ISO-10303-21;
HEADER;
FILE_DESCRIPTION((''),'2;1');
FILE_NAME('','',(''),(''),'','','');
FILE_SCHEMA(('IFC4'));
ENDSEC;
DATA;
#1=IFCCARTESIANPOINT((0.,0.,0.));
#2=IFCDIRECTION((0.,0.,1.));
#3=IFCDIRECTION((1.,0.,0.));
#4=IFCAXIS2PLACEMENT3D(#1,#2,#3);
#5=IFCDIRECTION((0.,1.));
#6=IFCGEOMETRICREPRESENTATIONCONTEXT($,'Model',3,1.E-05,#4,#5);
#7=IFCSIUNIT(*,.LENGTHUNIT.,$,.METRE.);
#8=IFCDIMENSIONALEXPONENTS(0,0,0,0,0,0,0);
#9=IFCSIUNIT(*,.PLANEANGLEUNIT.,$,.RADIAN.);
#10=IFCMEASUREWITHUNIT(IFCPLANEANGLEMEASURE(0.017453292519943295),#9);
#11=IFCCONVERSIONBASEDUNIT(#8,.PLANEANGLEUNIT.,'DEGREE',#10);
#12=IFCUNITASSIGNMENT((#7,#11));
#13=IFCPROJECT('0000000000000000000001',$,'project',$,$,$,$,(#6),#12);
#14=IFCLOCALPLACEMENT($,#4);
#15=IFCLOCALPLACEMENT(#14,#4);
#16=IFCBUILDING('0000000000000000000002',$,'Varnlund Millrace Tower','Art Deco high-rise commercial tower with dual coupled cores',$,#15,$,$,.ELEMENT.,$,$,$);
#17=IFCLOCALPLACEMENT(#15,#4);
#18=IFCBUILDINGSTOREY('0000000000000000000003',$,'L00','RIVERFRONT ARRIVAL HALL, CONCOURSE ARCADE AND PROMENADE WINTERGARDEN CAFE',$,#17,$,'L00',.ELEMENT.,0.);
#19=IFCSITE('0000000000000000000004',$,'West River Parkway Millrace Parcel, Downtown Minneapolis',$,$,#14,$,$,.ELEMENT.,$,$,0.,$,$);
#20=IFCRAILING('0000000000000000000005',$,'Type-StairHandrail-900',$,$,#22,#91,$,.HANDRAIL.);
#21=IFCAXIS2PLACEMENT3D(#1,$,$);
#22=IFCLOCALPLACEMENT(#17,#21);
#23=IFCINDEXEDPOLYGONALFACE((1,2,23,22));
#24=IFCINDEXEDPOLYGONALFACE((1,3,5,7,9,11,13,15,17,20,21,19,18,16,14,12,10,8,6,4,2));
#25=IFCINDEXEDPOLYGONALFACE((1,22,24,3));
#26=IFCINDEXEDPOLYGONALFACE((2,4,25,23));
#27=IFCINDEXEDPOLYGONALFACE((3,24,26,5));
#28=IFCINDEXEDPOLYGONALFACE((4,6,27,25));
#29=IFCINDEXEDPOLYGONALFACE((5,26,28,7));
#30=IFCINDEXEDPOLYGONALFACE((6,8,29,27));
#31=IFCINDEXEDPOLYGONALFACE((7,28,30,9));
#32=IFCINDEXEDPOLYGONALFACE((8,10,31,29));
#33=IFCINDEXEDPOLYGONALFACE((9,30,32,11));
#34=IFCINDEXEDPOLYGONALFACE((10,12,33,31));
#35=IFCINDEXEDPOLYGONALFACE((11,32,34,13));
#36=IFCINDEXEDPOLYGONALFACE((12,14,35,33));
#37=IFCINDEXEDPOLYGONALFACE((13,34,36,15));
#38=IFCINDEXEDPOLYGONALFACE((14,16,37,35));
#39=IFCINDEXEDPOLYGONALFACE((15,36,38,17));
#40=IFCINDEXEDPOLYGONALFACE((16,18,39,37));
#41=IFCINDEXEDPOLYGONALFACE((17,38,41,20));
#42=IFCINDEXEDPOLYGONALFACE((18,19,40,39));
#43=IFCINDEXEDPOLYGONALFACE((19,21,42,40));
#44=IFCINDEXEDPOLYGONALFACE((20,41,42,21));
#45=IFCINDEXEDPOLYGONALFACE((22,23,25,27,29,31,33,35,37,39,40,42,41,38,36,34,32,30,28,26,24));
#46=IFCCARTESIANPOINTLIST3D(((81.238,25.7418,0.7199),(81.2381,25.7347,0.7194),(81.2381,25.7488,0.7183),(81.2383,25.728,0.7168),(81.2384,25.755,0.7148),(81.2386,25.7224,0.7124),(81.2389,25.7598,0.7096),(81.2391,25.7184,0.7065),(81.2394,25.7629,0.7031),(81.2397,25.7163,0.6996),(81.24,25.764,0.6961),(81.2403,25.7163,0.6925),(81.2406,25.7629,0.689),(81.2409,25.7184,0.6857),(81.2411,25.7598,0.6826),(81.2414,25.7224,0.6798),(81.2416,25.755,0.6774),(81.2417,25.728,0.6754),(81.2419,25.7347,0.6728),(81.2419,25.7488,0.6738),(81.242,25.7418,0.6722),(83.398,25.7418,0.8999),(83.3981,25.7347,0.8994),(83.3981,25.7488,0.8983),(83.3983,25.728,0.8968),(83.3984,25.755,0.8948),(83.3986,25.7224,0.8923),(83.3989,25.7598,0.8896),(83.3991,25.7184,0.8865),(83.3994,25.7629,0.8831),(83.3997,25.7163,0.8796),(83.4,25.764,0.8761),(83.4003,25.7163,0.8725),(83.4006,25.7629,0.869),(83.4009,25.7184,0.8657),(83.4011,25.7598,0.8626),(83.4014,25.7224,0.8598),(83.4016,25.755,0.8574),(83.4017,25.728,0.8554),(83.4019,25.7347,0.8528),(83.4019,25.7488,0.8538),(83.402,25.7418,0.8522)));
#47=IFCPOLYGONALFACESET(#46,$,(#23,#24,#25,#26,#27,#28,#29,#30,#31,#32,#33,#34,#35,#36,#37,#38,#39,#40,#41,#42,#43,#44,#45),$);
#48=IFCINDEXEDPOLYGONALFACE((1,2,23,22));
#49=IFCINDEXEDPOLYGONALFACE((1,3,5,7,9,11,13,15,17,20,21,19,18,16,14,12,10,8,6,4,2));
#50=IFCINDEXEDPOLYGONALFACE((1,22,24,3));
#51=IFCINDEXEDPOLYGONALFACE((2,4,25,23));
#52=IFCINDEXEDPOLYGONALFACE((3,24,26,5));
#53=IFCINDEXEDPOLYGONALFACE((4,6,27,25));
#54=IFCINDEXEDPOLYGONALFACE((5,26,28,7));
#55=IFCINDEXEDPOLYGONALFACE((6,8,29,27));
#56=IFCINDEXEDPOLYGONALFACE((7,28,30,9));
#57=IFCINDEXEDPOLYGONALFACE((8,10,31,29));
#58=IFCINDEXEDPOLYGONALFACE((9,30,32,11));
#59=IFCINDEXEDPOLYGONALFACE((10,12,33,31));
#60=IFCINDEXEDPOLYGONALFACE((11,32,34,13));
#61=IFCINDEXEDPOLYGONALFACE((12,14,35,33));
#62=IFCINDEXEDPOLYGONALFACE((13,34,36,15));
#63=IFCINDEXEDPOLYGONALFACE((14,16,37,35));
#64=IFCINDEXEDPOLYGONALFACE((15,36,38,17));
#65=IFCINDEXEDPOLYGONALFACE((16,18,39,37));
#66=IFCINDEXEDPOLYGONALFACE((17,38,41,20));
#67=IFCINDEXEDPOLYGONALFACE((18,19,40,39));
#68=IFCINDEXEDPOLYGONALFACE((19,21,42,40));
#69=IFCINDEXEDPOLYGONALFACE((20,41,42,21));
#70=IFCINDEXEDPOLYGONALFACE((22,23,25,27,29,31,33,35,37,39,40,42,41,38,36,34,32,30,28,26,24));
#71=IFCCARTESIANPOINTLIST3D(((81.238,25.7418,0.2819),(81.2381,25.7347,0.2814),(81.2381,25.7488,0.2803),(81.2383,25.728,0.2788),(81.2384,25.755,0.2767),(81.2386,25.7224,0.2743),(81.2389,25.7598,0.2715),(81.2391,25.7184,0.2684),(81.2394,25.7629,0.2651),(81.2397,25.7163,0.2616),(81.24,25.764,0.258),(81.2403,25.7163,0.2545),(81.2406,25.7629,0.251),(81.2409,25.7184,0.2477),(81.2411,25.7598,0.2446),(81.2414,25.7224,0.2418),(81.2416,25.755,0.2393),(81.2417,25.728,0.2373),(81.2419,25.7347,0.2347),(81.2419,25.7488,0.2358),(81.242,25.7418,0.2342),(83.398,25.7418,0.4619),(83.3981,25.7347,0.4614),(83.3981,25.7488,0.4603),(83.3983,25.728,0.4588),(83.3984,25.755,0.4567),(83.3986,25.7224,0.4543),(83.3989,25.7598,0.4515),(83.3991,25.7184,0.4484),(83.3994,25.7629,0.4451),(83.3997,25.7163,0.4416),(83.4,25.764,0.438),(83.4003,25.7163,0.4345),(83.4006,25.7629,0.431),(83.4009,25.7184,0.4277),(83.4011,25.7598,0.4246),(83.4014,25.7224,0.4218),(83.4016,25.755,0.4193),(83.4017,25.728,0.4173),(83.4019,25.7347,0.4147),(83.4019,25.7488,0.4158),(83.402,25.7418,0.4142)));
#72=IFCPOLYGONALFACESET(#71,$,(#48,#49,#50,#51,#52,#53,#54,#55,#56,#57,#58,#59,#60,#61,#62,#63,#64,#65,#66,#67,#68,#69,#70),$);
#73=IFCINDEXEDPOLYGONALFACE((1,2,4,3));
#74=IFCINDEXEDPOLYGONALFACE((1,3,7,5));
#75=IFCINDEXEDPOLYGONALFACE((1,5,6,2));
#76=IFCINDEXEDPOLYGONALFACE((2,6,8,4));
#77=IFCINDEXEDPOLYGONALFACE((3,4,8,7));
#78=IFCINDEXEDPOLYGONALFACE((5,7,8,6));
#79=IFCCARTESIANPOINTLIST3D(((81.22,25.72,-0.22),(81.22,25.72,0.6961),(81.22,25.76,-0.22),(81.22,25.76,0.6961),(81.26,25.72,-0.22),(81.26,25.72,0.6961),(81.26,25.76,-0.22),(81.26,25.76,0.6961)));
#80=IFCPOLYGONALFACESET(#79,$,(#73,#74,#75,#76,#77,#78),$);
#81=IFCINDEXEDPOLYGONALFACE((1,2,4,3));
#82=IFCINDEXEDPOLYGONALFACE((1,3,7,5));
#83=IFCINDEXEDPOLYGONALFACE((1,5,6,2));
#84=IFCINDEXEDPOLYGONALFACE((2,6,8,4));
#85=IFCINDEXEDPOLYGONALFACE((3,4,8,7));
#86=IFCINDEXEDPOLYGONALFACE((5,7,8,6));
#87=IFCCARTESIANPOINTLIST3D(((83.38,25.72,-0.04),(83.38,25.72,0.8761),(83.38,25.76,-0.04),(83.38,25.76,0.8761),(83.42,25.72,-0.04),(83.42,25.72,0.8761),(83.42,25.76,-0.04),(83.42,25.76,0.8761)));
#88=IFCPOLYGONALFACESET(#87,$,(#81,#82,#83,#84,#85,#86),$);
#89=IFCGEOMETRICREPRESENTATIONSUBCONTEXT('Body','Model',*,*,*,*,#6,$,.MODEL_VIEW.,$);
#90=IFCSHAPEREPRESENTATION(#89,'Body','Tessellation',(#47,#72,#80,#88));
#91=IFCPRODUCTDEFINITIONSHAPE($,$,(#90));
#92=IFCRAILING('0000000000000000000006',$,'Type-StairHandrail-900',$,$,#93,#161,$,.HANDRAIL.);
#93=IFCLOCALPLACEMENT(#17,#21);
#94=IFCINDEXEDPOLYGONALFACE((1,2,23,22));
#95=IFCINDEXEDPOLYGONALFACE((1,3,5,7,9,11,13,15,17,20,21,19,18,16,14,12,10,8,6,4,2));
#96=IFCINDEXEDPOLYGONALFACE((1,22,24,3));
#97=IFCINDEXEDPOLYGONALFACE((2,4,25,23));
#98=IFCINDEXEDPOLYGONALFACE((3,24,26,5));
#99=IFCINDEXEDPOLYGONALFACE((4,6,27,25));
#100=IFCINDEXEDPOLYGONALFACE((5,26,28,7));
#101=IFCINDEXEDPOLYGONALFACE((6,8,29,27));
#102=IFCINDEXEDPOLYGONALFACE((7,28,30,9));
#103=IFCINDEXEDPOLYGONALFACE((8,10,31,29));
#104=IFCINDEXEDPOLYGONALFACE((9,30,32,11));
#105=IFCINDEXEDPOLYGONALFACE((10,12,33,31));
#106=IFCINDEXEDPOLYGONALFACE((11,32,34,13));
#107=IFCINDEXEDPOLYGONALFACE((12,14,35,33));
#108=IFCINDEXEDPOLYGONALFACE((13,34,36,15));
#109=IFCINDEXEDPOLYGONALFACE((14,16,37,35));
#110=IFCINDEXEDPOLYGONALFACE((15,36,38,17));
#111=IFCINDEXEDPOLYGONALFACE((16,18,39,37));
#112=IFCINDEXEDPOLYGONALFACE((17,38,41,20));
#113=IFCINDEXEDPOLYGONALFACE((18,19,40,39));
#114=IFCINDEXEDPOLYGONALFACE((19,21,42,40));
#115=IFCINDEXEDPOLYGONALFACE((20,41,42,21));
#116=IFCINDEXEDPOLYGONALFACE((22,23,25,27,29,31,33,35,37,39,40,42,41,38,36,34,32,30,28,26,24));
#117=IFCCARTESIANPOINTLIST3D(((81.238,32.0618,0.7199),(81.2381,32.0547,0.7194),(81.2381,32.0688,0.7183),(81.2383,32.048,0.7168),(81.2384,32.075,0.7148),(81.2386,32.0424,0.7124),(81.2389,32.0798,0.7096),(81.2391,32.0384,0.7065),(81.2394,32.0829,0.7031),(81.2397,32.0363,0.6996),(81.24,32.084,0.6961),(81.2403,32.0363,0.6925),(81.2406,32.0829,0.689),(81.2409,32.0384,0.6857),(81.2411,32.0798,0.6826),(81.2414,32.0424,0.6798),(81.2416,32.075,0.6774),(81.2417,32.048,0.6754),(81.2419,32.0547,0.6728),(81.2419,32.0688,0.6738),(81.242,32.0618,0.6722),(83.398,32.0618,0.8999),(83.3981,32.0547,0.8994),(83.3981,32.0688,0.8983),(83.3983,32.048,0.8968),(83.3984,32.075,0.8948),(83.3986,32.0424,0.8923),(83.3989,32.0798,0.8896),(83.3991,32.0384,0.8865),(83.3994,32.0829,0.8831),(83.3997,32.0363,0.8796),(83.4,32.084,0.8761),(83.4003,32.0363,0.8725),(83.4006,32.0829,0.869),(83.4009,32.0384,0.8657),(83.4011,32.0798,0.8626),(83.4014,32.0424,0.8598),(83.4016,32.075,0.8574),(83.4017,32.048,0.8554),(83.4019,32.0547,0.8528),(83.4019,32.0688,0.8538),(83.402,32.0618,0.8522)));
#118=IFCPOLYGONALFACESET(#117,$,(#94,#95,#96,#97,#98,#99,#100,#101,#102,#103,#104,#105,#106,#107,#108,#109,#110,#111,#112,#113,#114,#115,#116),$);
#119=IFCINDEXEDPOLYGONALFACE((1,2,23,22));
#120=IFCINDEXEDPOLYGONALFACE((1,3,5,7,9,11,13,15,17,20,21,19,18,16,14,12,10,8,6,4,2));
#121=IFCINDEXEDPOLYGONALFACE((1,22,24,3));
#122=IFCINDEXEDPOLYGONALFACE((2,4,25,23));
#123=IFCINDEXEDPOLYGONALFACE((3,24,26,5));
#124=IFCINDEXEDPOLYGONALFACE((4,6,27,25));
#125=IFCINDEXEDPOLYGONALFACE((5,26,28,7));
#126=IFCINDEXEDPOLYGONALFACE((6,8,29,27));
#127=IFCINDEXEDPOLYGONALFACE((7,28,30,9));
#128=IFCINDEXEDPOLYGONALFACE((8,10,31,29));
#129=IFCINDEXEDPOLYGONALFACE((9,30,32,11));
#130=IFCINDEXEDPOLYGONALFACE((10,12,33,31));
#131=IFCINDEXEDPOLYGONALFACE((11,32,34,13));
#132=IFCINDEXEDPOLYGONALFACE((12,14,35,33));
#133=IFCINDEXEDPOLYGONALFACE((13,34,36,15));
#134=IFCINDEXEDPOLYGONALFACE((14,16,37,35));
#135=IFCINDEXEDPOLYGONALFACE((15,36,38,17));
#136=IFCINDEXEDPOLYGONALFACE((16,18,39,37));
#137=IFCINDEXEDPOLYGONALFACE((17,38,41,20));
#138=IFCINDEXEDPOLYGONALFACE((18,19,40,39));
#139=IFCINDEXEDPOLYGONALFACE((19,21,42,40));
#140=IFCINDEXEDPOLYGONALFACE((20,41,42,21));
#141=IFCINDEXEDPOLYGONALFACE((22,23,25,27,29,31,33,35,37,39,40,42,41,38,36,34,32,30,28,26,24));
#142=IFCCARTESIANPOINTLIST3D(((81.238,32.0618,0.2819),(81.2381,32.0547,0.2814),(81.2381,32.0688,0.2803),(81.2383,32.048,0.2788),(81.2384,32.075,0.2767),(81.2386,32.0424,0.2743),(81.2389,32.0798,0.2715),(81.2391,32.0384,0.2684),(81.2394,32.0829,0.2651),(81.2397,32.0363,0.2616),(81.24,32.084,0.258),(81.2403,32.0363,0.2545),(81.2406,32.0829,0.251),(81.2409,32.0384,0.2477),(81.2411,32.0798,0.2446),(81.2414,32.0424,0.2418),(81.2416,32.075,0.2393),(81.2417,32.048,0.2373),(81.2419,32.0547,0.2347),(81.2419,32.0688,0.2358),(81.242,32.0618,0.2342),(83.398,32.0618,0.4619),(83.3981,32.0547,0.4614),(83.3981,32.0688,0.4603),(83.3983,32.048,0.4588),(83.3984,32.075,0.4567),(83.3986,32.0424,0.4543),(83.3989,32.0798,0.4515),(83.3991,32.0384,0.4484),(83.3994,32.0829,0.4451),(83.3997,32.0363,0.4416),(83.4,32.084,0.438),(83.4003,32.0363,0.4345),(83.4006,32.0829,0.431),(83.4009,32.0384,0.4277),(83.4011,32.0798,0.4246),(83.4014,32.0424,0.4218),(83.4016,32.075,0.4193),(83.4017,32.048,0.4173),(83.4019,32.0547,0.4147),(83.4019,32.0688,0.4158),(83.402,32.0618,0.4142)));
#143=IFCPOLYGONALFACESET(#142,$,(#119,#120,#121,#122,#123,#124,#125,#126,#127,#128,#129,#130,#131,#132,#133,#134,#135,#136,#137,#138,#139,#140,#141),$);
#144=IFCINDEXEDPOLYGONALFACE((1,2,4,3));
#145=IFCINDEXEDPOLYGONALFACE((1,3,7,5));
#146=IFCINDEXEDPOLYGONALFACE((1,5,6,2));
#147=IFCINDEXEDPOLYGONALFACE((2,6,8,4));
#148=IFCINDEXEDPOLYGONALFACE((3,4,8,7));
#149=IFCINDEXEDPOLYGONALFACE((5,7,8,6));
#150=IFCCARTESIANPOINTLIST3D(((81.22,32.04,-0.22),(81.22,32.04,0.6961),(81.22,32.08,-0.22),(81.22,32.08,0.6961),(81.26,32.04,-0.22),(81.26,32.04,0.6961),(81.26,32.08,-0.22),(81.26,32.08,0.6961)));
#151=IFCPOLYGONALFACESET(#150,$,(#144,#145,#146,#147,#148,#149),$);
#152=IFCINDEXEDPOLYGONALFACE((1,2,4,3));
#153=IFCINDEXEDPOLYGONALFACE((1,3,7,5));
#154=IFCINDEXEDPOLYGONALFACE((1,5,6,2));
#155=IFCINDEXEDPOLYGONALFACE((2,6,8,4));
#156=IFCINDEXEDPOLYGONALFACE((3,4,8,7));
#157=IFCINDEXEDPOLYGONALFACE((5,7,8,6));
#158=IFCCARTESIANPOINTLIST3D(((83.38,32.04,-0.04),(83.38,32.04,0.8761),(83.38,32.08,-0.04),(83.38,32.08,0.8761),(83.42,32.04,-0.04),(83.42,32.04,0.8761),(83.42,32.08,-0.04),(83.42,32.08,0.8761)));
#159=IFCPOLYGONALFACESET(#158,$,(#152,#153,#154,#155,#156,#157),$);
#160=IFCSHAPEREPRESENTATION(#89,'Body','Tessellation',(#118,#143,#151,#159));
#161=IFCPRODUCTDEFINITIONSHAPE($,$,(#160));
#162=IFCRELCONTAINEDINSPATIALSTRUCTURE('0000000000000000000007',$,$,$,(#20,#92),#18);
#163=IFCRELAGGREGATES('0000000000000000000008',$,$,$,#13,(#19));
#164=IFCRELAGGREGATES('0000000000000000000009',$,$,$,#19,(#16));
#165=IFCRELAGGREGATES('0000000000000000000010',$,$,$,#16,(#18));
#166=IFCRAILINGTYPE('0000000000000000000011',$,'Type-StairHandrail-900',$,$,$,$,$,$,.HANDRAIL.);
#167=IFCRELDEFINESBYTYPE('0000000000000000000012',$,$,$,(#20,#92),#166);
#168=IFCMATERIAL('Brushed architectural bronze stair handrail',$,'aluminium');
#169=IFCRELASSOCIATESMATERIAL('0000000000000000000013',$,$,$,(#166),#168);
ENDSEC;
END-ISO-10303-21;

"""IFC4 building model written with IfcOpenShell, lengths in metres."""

from ifc_helpers import new_model, entity, si_unit, converted_unit, direction, frame, origin_with_axes, origin_2d_with_axis, place, context, subcontext, project, spatial, rectangle, circle, extrude, material, type_object, element, save


model = new_model("IFC4")

# Units and contexts
model_context = context("Model", 3, precision=1e-05, world=origin_with_axes(), true_north=direction((0.0, 1.0)))
body_context = subcontext(model_context, "Body", "Model", "MODEL_VIEW")
ifc_project = project(units=[si_unit("LENGTHUNIT", "METRE"), converted_unit("PLANEANGLEUNIT", "DEGREE", entity("IfcPlaneAngleMeasure", 0.017453292519943295), si_unit("PLANEANGLEUNIT", "RADIAN"), dimensions=[0, 0, 0, 0, 0, 0, 0])], contexts=[model_context])

# Site, building, storey
site_placement = place(None, origin_with_axes())
site = spatial("IfcSite", under=ifc_project, at=site_placement, Name="West River Parkway Millrace Parcel, Downtown Minneapolis", CompositionType="ELEMENT", RefElevation=0.0)
building_placement = place(site_placement, origin_with_axes())
building = spatial("IfcBuilding", under=site, at=building_placement, Name="Varnlund Millrace Tower", Description="Art Deco high-rise commercial tower with dual coupled cores", CompositionType="ELEMENT")
storey_placement = place(building_placement, origin_with_axes())
storey = spatial("IfcBuildingStorey", under=building, at=storey_placement, Name="L00", Description="RIVERFRONT ARRIVAL HALL, CONCOURSE ARCADE AND PROMENADE WINTERGARDEN CAFE", LongName="L00", CompositionType="ELEMENT", Elevation=0.0)

# Railings
ifc_material_1 = material(Name="Brushed architectural bronze stair handrail", Category="aluminium")
railing_type_1 = type_object("IfcRailingType", Name="Type-StairHandrail-900", PredefinedType="HANDRAIL", material=ifc_material_1)
railing_1_placement = place(storey_placement, origin_with_axes())
element("IfcRailing", 1, at=railing_1_placement, inside=storey, type_object=railing_type_1, Name="Type-StairHandrail-900", PredefinedType="HANDRAIL", context=body_context, shape_type="SweptSolid", body=[
    extrude(circle(Radius=0.024, at=origin_2d_with_axis()), frame((81.24, 25.74, 0.6961), z_axis=(0.996546, 0.0, 0.083045), x_axis=(0.0, 1.0, 0.0)), (0.0, 0.0, 1.0), 2.1675),
    extrude(circle(Radius=0.024, at=origin_2d_with_axis()), frame((81.24, 25.74, 0.258), z_axis=(0.996546, 0.0, 0.083045), x_axis=(0.0, 1.0, 0.0)), (0.0, 0.0, 1.0), 2.1675),
    extrude(rectangle(XDim=0.04, YDim=0.04, at=origin_2d_with_axis()), frame((81.24, 25.74, -0.22), z_axis=(0.0, 0.0, 1.0), x_axis=(1.0, 0.0, 0.0)), (0.0, 0.0, 1.0), 0.9161),
    extrude(rectangle(XDim=0.04, YDim=0.04, at=origin_2d_with_axis()), frame((83.4, 25.74, -0.04), z_axis=(0.0, 0.0, 1.0), x_axis=(1.0, 0.0, 0.0)), (0.0, 0.0, 1.0), 0.9161),
])
railing_2_placement = place(storey_placement, origin_with_axes())
element("IfcRailing", 2, at=railing_2_placement, inside=storey, type_object=railing_type_1, Name="Type-StairHandrail-900", PredefinedType="HANDRAIL", context=body_context, shape_type="SweptSolid", body=[
    extrude(circle(Radius=0.024, at=origin_2d_with_axis()), frame((81.24, 32.06, 0.6961), z_axis=(0.996546, 0.0, 0.083045), x_axis=(0.0, 1.0, 0.0)), (0.0, 0.0, 1.0), 2.1675),
    extrude(circle(Radius=0.024, at=origin_2d_with_axis()), frame((81.24, 32.06, 0.258), z_axis=(0.996546, 0.0, 0.083045), x_axis=(0.0, 1.0, 0.0)), (0.0, 0.0, 1.0), 2.1675),
    extrude(rectangle(XDim=0.04, YDim=0.04, at=origin_2d_with_axis()), frame((81.24, 32.06, -0.22), z_axis=(0.0, 0.0, 1.0), x_axis=(1.0, 0.0, 0.0)), (0.0, 0.0, 1.0), 0.9161),
    extrude(rectangle(XDim=0.04, YDim=0.04, at=origin_2d_with_axis()), frame((83.4, 32.06, -0.04), z_axis=(0.0, 0.0, 1.0), x_axis=(1.0, 0.0, 0.0)), (0.0, 0.0, 1.0), 0.9161),
])

save(model, "model.ifc")
